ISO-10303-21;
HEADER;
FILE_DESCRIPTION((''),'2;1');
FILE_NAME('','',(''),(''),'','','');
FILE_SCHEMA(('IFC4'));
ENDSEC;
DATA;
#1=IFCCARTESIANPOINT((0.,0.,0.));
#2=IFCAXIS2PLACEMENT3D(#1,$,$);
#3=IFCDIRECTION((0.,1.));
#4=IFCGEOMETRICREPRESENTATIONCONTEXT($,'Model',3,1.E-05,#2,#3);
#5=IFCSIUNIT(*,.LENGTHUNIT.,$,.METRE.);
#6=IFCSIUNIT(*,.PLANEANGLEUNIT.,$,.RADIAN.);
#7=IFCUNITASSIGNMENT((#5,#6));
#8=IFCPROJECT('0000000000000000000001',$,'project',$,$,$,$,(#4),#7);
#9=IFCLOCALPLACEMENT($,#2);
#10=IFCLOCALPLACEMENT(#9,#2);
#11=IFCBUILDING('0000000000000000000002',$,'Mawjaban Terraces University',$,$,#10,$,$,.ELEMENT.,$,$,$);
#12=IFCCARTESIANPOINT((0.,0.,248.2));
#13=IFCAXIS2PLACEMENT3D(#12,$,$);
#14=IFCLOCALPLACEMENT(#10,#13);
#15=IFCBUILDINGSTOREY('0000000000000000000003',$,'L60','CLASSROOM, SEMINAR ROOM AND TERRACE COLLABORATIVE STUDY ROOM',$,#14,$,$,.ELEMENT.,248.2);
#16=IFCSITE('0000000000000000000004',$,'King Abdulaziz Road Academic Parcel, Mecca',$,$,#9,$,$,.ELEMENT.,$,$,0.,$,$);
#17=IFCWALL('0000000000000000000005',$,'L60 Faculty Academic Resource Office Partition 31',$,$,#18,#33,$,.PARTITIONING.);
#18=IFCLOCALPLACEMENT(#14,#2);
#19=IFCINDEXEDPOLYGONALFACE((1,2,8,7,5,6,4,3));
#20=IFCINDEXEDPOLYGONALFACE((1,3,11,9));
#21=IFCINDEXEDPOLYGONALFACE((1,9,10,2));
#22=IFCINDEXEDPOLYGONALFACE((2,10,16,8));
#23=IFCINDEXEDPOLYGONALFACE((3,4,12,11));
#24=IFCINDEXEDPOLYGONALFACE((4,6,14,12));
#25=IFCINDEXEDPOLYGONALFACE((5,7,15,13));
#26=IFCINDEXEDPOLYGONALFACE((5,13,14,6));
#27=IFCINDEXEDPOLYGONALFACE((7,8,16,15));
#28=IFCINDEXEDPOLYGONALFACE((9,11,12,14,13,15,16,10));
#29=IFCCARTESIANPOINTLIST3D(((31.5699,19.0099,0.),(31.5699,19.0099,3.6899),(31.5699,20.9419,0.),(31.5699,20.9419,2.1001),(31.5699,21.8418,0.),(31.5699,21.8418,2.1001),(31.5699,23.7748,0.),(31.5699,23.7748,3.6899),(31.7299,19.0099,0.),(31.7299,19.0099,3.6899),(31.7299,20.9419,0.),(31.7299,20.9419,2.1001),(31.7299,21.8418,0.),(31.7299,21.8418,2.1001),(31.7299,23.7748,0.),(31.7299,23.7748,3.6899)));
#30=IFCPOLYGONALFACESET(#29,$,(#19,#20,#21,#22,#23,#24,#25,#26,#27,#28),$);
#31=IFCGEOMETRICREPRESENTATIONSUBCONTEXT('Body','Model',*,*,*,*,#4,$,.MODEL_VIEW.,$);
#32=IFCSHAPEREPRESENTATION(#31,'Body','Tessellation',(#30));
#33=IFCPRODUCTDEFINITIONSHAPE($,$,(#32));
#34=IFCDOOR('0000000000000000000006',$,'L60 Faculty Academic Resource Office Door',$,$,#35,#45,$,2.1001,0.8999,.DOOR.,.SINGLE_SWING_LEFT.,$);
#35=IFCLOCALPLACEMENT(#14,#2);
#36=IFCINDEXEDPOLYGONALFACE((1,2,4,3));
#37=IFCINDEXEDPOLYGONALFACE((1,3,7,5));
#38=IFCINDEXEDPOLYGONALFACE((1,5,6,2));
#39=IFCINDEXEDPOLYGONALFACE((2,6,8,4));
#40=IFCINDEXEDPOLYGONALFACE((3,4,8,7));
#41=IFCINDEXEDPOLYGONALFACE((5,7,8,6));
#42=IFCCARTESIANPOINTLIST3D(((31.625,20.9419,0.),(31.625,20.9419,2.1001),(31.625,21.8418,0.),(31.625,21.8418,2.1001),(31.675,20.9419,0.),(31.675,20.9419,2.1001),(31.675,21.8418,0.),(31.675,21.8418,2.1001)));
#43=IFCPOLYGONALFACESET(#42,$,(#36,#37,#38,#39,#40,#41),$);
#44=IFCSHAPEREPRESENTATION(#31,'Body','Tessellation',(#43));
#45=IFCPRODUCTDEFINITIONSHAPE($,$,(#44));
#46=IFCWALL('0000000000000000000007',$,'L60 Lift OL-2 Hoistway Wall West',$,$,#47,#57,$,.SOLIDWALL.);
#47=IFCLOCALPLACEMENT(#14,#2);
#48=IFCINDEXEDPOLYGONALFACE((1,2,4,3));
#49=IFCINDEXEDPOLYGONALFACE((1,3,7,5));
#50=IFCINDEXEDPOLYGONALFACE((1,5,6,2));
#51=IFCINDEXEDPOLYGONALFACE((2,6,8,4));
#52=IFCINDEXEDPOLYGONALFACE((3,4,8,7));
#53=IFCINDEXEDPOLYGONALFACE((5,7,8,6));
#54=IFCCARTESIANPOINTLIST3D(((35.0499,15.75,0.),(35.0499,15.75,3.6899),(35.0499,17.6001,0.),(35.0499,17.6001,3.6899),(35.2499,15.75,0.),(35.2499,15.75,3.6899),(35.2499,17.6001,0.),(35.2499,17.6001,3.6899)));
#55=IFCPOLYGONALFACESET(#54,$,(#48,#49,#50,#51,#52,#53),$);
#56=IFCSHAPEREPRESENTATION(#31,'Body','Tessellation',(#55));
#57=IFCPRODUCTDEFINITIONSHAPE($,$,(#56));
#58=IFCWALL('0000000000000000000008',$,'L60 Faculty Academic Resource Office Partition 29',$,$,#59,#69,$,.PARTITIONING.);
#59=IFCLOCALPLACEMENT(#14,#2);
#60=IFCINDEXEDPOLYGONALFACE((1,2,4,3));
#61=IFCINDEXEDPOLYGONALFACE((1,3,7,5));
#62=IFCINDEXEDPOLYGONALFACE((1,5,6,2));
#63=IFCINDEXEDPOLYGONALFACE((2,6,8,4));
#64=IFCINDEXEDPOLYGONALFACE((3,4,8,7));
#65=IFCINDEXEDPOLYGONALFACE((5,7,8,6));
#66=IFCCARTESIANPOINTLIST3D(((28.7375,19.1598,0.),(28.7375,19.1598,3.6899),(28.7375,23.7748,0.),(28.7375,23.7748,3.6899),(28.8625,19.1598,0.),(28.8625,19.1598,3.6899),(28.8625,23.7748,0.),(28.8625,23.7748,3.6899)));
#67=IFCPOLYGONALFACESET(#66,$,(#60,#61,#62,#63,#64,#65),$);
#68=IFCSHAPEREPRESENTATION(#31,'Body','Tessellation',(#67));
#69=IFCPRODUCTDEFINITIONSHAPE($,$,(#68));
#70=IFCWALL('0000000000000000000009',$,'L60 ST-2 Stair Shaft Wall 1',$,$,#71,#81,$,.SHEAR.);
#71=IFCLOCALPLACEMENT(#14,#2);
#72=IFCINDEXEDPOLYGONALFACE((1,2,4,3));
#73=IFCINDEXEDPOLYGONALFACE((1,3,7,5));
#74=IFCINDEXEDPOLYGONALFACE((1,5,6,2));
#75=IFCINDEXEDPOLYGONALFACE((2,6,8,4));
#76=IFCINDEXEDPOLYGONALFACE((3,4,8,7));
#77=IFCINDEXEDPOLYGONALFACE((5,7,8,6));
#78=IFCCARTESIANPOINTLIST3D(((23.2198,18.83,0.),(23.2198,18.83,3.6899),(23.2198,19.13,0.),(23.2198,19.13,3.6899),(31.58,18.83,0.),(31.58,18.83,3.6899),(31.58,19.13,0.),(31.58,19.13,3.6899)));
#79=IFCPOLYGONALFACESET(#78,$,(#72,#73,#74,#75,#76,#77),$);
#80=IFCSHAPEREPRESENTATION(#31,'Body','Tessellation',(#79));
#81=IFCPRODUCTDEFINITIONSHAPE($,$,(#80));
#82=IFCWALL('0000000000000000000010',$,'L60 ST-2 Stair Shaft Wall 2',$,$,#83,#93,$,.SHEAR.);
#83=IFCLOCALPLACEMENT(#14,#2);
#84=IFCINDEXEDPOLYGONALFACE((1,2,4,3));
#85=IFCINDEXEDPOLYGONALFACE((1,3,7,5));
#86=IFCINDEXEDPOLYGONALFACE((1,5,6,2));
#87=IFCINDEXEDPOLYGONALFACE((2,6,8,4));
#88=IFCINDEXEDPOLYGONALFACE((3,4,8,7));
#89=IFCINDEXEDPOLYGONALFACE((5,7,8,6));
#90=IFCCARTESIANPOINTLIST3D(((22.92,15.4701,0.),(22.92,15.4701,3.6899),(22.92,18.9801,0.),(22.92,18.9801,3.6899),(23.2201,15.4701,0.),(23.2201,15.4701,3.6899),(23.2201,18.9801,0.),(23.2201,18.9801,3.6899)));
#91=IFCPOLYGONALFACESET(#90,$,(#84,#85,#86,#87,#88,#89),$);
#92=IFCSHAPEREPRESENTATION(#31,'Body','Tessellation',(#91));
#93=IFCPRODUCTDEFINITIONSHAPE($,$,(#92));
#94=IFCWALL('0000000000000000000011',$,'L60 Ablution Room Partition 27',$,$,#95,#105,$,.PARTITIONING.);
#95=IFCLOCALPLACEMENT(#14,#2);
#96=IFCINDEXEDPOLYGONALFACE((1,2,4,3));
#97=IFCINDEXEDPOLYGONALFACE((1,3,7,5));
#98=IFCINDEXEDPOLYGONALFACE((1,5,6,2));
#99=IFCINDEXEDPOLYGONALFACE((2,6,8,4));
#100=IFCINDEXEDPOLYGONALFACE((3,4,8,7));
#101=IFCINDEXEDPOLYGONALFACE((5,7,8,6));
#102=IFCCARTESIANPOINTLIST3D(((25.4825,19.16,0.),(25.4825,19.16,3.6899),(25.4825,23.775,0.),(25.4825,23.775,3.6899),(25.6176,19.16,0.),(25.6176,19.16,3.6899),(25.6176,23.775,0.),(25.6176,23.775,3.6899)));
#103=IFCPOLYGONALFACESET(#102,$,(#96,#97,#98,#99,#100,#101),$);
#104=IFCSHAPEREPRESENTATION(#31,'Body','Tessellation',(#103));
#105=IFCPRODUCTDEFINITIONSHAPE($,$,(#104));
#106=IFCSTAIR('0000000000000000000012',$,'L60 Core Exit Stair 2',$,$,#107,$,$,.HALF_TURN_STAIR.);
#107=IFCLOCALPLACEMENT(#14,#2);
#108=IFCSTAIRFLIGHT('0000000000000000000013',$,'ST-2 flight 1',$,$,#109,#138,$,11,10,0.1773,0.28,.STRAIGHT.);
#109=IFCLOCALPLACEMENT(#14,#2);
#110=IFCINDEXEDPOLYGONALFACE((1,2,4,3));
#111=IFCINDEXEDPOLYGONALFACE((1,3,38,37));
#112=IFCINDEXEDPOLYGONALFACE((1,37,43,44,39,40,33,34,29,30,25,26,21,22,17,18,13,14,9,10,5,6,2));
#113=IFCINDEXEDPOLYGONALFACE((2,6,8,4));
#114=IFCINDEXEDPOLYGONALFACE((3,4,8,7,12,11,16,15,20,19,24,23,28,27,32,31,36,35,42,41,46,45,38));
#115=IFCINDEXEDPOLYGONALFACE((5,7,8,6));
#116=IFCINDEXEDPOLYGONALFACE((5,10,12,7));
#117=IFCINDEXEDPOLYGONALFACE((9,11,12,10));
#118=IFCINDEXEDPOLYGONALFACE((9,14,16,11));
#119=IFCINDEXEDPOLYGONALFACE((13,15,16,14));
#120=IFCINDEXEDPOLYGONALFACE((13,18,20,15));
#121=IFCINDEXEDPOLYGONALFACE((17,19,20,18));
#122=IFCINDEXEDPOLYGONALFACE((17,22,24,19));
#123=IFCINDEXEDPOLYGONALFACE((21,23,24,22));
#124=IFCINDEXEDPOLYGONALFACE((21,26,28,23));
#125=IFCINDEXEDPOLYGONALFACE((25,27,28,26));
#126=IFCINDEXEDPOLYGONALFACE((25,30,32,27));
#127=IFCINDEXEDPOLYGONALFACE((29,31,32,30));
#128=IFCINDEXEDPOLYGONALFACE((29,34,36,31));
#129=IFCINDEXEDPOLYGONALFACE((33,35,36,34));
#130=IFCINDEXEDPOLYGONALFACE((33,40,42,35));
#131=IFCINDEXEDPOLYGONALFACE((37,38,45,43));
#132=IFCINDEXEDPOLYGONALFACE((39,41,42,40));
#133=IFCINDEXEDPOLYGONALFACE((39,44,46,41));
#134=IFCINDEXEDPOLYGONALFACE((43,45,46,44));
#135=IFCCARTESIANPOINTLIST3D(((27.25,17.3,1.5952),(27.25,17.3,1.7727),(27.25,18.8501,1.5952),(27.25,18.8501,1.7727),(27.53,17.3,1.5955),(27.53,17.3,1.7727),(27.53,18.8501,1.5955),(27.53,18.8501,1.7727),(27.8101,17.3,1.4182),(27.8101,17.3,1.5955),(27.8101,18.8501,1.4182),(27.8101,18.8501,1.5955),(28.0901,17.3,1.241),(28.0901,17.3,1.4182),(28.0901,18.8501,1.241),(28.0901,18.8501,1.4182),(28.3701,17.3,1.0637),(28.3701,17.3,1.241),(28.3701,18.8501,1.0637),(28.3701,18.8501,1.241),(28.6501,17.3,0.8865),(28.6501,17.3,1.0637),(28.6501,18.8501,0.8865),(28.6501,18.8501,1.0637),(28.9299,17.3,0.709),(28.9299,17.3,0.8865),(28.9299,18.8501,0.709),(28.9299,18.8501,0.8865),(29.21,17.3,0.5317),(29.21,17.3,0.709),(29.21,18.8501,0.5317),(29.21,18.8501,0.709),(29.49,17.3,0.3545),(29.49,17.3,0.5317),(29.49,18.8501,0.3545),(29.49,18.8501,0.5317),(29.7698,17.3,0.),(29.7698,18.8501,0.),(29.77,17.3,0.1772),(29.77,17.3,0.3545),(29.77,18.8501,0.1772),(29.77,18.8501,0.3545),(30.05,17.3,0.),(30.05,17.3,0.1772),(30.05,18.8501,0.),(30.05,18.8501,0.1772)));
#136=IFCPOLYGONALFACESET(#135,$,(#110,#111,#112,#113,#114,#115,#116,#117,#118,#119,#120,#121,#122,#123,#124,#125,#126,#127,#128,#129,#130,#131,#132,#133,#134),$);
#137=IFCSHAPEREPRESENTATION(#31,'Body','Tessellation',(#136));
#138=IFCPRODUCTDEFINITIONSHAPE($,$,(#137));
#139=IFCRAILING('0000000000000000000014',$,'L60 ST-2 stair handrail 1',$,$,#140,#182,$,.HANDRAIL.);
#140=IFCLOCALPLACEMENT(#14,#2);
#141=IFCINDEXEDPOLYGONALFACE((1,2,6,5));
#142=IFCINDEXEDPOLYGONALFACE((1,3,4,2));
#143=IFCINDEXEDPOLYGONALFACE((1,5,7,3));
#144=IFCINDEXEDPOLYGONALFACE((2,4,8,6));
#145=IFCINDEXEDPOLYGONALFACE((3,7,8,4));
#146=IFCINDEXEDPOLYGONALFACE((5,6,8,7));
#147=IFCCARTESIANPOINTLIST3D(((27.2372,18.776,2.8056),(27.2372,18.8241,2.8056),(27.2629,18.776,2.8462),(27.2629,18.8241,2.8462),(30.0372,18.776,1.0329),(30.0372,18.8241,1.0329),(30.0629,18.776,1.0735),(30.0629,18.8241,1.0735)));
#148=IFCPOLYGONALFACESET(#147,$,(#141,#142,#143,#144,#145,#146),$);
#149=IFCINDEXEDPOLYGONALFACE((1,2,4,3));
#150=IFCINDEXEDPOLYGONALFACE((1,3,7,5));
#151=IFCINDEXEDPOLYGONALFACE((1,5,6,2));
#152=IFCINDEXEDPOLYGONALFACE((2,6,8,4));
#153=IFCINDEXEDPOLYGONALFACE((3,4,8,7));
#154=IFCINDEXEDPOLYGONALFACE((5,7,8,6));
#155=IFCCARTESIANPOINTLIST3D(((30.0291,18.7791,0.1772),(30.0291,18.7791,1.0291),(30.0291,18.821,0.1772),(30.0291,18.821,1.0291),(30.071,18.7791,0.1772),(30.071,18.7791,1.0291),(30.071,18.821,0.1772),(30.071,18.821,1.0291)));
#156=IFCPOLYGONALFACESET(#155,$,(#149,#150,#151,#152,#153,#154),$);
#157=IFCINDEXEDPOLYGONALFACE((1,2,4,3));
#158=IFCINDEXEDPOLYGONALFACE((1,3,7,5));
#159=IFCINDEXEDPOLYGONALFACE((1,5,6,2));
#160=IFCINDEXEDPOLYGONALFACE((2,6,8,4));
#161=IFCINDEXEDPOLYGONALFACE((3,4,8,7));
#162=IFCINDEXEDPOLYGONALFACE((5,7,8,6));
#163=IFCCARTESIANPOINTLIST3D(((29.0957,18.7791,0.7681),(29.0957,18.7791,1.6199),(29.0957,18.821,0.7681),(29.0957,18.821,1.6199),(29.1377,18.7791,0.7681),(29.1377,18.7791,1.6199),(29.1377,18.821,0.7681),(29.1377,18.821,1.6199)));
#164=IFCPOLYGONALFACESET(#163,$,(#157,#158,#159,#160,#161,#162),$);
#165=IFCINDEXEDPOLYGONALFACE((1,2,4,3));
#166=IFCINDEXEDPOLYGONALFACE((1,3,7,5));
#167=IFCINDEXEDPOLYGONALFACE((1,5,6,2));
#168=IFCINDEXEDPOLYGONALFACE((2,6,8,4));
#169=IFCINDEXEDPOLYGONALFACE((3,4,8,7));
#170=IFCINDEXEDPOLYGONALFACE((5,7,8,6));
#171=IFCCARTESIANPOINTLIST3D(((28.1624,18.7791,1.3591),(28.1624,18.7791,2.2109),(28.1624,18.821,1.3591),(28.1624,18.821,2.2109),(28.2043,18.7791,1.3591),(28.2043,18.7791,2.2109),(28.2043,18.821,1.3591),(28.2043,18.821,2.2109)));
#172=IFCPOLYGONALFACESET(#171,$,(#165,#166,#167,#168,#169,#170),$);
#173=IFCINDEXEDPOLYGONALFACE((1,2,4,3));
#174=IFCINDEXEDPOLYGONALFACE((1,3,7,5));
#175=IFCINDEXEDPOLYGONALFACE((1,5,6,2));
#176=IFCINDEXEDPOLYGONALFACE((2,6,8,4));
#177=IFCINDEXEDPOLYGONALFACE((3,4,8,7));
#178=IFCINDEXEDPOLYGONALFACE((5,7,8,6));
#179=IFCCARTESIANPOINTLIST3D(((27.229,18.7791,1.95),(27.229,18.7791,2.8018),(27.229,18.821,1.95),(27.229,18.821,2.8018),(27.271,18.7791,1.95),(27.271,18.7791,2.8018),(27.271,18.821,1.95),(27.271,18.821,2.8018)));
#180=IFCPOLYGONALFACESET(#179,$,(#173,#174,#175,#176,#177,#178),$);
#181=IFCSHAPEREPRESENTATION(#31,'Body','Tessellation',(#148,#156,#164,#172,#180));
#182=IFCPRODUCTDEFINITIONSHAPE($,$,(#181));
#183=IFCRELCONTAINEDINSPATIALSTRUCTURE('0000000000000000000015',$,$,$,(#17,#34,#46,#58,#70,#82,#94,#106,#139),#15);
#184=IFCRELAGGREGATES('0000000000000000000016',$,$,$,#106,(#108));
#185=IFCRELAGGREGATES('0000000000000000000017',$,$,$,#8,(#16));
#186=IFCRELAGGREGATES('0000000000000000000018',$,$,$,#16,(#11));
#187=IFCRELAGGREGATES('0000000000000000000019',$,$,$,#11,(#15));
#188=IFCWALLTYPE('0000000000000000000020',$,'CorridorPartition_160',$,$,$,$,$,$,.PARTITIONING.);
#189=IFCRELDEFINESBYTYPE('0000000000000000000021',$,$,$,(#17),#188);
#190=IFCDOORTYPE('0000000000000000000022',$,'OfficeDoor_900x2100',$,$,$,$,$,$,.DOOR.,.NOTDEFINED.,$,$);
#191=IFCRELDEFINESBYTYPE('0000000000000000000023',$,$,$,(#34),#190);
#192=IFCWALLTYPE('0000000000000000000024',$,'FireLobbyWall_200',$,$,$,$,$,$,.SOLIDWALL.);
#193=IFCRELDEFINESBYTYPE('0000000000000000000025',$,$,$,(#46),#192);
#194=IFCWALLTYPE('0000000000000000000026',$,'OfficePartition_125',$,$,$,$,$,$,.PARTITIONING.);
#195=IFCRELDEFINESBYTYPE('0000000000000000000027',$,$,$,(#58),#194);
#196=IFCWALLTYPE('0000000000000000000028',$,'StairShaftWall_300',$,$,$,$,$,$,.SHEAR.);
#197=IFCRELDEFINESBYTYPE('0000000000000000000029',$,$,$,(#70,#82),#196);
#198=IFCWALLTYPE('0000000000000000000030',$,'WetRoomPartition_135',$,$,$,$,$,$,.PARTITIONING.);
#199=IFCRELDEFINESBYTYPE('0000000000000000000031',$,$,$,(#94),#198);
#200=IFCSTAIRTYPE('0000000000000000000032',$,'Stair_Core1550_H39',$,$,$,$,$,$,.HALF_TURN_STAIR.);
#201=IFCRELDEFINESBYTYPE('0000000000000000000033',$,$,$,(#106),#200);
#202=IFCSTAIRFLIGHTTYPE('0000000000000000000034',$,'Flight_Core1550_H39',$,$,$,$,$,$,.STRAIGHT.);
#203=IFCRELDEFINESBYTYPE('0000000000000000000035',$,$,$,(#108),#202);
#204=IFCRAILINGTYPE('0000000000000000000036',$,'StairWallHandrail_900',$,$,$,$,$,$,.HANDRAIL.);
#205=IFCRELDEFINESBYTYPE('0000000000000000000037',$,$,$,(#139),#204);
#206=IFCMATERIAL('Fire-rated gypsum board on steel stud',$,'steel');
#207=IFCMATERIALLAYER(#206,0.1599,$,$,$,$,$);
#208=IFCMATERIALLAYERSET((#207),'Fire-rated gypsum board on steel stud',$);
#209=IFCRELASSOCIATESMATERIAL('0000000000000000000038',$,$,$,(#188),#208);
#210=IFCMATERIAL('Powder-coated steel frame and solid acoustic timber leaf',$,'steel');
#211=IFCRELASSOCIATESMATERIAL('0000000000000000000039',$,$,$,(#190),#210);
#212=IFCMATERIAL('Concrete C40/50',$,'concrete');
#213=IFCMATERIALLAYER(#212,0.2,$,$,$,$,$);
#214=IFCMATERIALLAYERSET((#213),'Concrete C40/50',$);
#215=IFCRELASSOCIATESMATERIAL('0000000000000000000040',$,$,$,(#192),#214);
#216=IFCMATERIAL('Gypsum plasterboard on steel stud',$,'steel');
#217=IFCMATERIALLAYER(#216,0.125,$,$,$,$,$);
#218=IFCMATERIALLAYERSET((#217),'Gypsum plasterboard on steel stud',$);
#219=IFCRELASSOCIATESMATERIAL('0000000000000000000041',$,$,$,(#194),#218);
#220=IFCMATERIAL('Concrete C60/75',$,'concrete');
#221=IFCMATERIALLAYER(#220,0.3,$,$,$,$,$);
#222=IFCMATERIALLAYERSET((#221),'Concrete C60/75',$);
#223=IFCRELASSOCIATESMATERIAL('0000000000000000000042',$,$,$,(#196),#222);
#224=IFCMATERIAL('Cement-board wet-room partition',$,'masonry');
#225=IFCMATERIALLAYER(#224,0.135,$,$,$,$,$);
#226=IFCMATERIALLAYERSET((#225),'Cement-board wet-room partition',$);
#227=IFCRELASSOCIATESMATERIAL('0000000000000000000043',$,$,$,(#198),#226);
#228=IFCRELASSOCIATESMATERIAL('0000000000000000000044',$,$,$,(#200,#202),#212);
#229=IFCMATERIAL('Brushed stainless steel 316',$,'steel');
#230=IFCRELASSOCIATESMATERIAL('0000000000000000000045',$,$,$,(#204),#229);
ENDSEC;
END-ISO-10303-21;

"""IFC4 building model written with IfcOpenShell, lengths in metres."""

from ifc_helpers import new_model, si_unit, direction, frame, frame_2d, origin, origin_2d, place, context, subcontext, project, spatial, polyline, rectangle, outline, extrude, material, layer, layer_set, type_object, element, fill, aggregate, save


model = new_model("IFC4")

# Units and contexts
model_context = context("Model", 3, precision=1e-05, world=origin(), true_north=direction((0.0, 1.0)))
body_context = subcontext(model_context, "Body", "Model", "MODEL_VIEW")
ifc_project = project(units=[si_unit("LENGTHUNIT", "METRE"), si_unit("PLANEANGLEUNIT", "RADIAN")], contexts=[model_context])

# Site, building, storey
site_placement = place(None, origin())
site = spatial("IfcSite", under=ifc_project, at=site_placement, Name="King Abdulaziz Road Academic Parcel, Mecca", CompositionType="ELEMENT", RefElevation=0.0)
building_placement = place(site_placement, origin())
building = spatial("IfcBuilding", under=site, at=building_placement, Name="Mawjaban Terraces University", CompositionType="ELEMENT")
storey_placement = place(building_placement, frame((0.0, 0.0, 248.2)))
storey = spatial("IfcBuildingStorey", under=building, at=storey_placement, Name="L60", Description="CLASSROOM, SEMINAR ROOM AND TERRACE COLLABORATIVE STUDY ROOM", CompositionType="ELEMENT", Elevation=248.2)

# Wall, opening, door
ifc_material_1 = material(Name="Powder-coated steel frame and solid acoustic timber leaf", Category="steel")
ifc_material_2 = material(Name="Fire-rated gypsum board on steel stud", Category="steel")
ifc_layer_1 = layer(ifc_material_2, 0.1599)
ifc_layer_set_1 = layer_set([ifc_layer_1], Name="Fire-rated gypsum board on steel stud")
wall_type_1 = type_object("IfcWallType", Name="CorridorPartition_160", PredefinedType="PARTITIONING", material=ifc_layer_set_1)
wall_1_placement = place(storey_placement, frame((31.6499, 19.01, 0.0), z_axis=(0.0, 0.0, 1.0), x_axis=(0.0, 1.0, 0.0)))
wall_1 = element("IfcWall", 1, at=wall_1_placement, inside=storey, type_object=wall_type_1, Name="L60 Faculty Academic Resource Office Partition 31", PredefinedType="PARTITIONING", context=body_context, shape_type="SweptSolid", body=[
    extrude(rectangle(XDim=4.7649, YDim=0.1599, at=frame_2d((2.3823, 0.0))), origin(), (0.0, 0.0, 1.0), 3.6899),
])
opening_1_placement = place(wall_1_placement, frame((1.9319, 0.0, 0.0)))
opening_1 = element("IfcOpeningElement", 2, at=opening_1_placement, cuts=wall_1, PredefinedType="OPENING", context=body_context, shape_type="SweptSolid", body=[
    extrude(rectangle(XDim=0.8999, YDim=2.1001, at=frame_2d((0.45, 1.05))), frame((0.0, 0.0898, 0.0), z_axis=(0.0, -1.0, 0.0), x_axis=(1.0, 0.0, 0.0)), (0.0, 0.0, 1.0), 0.1799),
])
door_type_1 = type_object("IfcDoorType", Name="OfficeDoor_900x2100", OperationType="NOTDEFINED", PredefinedType="DOOR", material=ifc_material_1)
door_1_placement = place(opening_1_placement, origin())
door_1 = element("IfcDoor", 3, at=door_1_placement, inside=storey, type_object=door_type_1, Name="L60 Faculty Academic Resource Office Door", OperationType="SINGLE_SWING_LEFT", OverallHeight=2.1001, OverallWidth=0.8999, PredefinedType="DOOR", context=body_context, shape_type="SweptSolid", body=[
    extrude(rectangle(XDim=0.8999, YDim=2.1001, at=frame_2d((0.45, 1.05))), frame((0.0, 0.0249, 0.0), z_axis=(0.0, -1.0, 0.0), x_axis=(1.0, 0.0, 0.0)), (0.0, 0.0, 1.0), 0.05),
])
fill(opening_1, door_1)

# Walls
ifc_material_3 = material(Name="Concrete C40/50", Category="concrete")
ifc_layer_2 = layer(ifc_material_3, 0.2)
ifc_layer_set_2 = layer_set([ifc_layer_2], Name="Concrete C40/50")
wall_type_2 = type_object("IfcWallType", Name="FireLobbyWall_200", PredefinedType="SOLIDWALL", material=ifc_layer_set_2)
wall_2_placement = place(storey_placement, frame((35.1499, 17.6001, 0.0), z_axis=(0.0, 0.0, 1.0), x_axis=(0.0, -1.0, 0.0)))
element("IfcWall", 4, at=wall_2_placement, inside=storey, type_object=wall_type_2, Name="L60 Lift OL-2 Hoistway Wall West", PredefinedType="SOLIDWALL", context=body_context, shape_type="SweptSolid", body=[
    extrude(rectangle(XDim=1.8501, YDim=0.2, at=frame_2d((0.925, 0.0))), origin(), (0.0, 0.0, 1.0), 3.6899),
])
ifc_material_4 = material(Name="Gypsum plasterboard on steel stud", Category="steel")
ifc_layer_3 = layer(ifc_material_4, 0.125)
ifc_layer_set_3 = layer_set([ifc_layer_3], Name="Gypsum plasterboard on steel stud")
wall_type_3 = type_object("IfcWallType", Name="OfficePartition_125", PredefinedType="PARTITIONING", material=ifc_layer_set_3)
wall_3_placement = place(storey_placement, frame((28.8, 23.7749, 0.0), z_axis=(0.0, 0.0, 1.0), x_axis=(0.0, -1.0, 0.0)))
element("IfcWall", 5, at=wall_3_placement, inside=storey, type_object=wall_type_3, Name="L60 Faculty Academic Resource Office Partition 29", PredefinedType="PARTITIONING", context=body_context, shape_type="SweptSolid", body=[
    extrude(rectangle(XDim=4.615, YDim=0.125, at=frame_2d((2.3076, 0.0))), origin(), (0.0, 0.0, 1.0), 3.6899),
])
ifc_material_5 = material(Name="Concrete C60/75", Category="concrete")
ifc_layer_4 = layer(ifc_material_5, 0.3)
ifc_layer_set_4 = layer_set([ifc_layer_4], Name="Concrete C60/75")
wall_type_4 = type_object("IfcWallType", Name="StairShaftWall_300", PredefinedType="SHEAR", material=ifc_layer_set_4)
wall_4_placement = place(storey_placement, frame((31.5801, 18.98, 0.0), z_axis=(0.0, 0.0, 1.0), x_axis=(-1.0, 0.0, 0.0)))
element("IfcWall", 6, at=wall_4_placement, inside=storey, type_object=wall_type_4, Name="L60 ST-2 Stair Shaft Wall 1", PredefinedType="SHEAR", context=body_context, shape_type="SweptSolid", body=[
    extrude(rectangle(XDim=8.3601, YDim=0.3, at=frame_2d((4.1802, 0.0))), origin(), (0.0, 0.0, 1.0), 3.6899),
])
wall_5_placement = place(storey_placement, frame((23.0701, 18.98, 0.0), z_axis=(0.0, 0.0, 1.0), x_axis=(0.0, -1.0, 0.0)))
element("IfcWall", 7, at=wall_5_placement, inside=storey, type_object=wall_type_4, Name="L60 ST-2 Stair Shaft Wall 2", PredefinedType="SHEAR", context=body_context, shape_type="SweptSolid", body=[
    extrude(rectangle(XDim=3.51, YDim=0.3, at=frame_2d((1.7549, 0.0))), origin(), (0.0, 0.0, 1.0), 3.6899),
])
ifc_material_6 = material(Name="Cement-board wet-room partition", Category="masonry")
ifc_layer_5 = layer(ifc_material_6, 0.135)
ifc_layer_set_5 = layer_set([ifc_layer_5], Name="Cement-board wet-room partition")
wall_type_5 = type_object("IfcWallType", Name="WetRoomPartition_135", PredefinedType="PARTITIONING", material=ifc_layer_set_5)
wall_6_placement = place(storey_placement, frame((25.55, 19.1599, 0.0), z_axis=(0.0, 0.0, 1.0), x_axis=(0.0, 1.0, 0.0)))
element("IfcWall", 8, at=wall_6_placement, inside=storey, type_object=wall_type_5, Name="L60 Ablution Room Partition 27", PredefinedType="PARTITIONING", context=body_context, shape_type="SweptSolid", body=[
    extrude(rectangle(XDim=4.615, YDim=0.135, at=frame_2d((2.3076, 0.0))), origin(), (0.0, 0.0, 1.0), 3.6899),
])

# Stair, stair flight
stair_type = type_object("IfcStairType", Name="Stair_Core1550_H39", PredefinedType="HALF_TURN_STAIR", material=ifc_material_3)
stair_placement = place(storey_placement, origin())
stair = element("IfcStair", 9, at=stair_placement, inside=storey, type_object=stair_type, Name="L60 Core Exit Stair 2", PredefinedType="HALF_TURN_STAIR")
stair_flight_type = type_object("IfcStairFlightType", Name="Flight_Core1550_H39", PredefinedType="STRAIGHT", material=ifc_material_3)
stair_flight_placement = place(storey_placement, frame((30.05, 18.075, 0.0), z_axis=(0.0, 0.0, 1.0), x_axis=(-1.0, 0.0, 0.0)))
stair_flight = element("IfcStairFlight", 10, at=stair_flight_placement, type_object=stair_flight_type, Name="ST-2 flight 1", NumberOfRisers=11, NumberOfTreads=10, PredefinedType="STRAIGHT", RiserHeight=0.1773, TreadLength=0.28, context=body_context, shape_type="SweptSolid", body=[
    extrude(outline(polyline([(0.0, 0.0), (0.0, 0.1772), (0.28, 0.1772), (0.28, 0.3545), (0.5601, 0.3545), (0.5601, 0.5317), (0.8401, 0.5317), (0.8401, 0.709), (1.1201, 0.709), (1.1201, 0.8865), (1.3999, 0.8865), (1.3999, 1.0637), (1.6799, 1.0637), (1.6799, 1.241), (1.96, 1.241), (1.96, 1.4182), (2.24, 1.4182), (2.24, 1.5955), (2.52, 1.5955), (2.52, 1.7727), (2.8, 1.7727), (2.8, 1.95), (2.8, 1.5952), (0.2803, 0.0), (0.0, 0.0)])), frame((0.0, 0.7749, 0.0), z_axis=(0.0, -1.0, 0.0), x_axis=(1.0, 0.0, 0.0)), (0.0, 0.0, 1.0), 1.55),
])
aggregate(stair, [stair_flight])

# Railing
ifc_material_7 = material(Name="Brushed stainless steel 316", Category="steel")
railing_type = type_object("IfcRailingType", Name="StairWallHandrail_900", PredefinedType="HANDRAIL", material=ifc_material_7)
railing_placement = place(storey_placement, frame((30.05, 18.8, 0.1772)))
element("IfcRailing", 11, at=railing_placement, inside=storey, type_object=railing_type, Name="L60 ST-2 stair handrail 1", PredefinedType="HANDRAIL", context=body_context, shape_type="SweptSolid", body=[
    extrude(rectangle(XDim=0.0481, YDim=0.0481, at=origin_2d()), frame((0.0, 0.0, 0.876), z_axis=(-0.844909, 0.0, 0.53491), x_axis=(0.0, -1.0, 0.0)), (0.0, 0.0, 1.0), 3.314),
    extrude(rectangle(XDim=0.042, YDim=0.042, at=origin_2d()), origin(), (0.0, 0.0, 1.0), 0.8518),
    extrude(rectangle(XDim=0.042, YDim=0.042, at=origin_2d()), frame((-0.9333, 0.0, 0.5908)), (0.0, 0.0, 1.0), 0.8518),
    extrude(rectangle(XDim=0.042, YDim=0.042, at=origin_2d()), frame((-1.8667, 0.0, 1.1819)), (0.0, 0.0, 1.0), 0.8518),
    extrude(rectangle(XDim=0.042, YDim=0.042, at=origin_2d()), frame((-2.8, 0.0, 1.7727)), (0.0, 0.0, 1.0), 0.8518),
])

save(model, "model.ifc")
